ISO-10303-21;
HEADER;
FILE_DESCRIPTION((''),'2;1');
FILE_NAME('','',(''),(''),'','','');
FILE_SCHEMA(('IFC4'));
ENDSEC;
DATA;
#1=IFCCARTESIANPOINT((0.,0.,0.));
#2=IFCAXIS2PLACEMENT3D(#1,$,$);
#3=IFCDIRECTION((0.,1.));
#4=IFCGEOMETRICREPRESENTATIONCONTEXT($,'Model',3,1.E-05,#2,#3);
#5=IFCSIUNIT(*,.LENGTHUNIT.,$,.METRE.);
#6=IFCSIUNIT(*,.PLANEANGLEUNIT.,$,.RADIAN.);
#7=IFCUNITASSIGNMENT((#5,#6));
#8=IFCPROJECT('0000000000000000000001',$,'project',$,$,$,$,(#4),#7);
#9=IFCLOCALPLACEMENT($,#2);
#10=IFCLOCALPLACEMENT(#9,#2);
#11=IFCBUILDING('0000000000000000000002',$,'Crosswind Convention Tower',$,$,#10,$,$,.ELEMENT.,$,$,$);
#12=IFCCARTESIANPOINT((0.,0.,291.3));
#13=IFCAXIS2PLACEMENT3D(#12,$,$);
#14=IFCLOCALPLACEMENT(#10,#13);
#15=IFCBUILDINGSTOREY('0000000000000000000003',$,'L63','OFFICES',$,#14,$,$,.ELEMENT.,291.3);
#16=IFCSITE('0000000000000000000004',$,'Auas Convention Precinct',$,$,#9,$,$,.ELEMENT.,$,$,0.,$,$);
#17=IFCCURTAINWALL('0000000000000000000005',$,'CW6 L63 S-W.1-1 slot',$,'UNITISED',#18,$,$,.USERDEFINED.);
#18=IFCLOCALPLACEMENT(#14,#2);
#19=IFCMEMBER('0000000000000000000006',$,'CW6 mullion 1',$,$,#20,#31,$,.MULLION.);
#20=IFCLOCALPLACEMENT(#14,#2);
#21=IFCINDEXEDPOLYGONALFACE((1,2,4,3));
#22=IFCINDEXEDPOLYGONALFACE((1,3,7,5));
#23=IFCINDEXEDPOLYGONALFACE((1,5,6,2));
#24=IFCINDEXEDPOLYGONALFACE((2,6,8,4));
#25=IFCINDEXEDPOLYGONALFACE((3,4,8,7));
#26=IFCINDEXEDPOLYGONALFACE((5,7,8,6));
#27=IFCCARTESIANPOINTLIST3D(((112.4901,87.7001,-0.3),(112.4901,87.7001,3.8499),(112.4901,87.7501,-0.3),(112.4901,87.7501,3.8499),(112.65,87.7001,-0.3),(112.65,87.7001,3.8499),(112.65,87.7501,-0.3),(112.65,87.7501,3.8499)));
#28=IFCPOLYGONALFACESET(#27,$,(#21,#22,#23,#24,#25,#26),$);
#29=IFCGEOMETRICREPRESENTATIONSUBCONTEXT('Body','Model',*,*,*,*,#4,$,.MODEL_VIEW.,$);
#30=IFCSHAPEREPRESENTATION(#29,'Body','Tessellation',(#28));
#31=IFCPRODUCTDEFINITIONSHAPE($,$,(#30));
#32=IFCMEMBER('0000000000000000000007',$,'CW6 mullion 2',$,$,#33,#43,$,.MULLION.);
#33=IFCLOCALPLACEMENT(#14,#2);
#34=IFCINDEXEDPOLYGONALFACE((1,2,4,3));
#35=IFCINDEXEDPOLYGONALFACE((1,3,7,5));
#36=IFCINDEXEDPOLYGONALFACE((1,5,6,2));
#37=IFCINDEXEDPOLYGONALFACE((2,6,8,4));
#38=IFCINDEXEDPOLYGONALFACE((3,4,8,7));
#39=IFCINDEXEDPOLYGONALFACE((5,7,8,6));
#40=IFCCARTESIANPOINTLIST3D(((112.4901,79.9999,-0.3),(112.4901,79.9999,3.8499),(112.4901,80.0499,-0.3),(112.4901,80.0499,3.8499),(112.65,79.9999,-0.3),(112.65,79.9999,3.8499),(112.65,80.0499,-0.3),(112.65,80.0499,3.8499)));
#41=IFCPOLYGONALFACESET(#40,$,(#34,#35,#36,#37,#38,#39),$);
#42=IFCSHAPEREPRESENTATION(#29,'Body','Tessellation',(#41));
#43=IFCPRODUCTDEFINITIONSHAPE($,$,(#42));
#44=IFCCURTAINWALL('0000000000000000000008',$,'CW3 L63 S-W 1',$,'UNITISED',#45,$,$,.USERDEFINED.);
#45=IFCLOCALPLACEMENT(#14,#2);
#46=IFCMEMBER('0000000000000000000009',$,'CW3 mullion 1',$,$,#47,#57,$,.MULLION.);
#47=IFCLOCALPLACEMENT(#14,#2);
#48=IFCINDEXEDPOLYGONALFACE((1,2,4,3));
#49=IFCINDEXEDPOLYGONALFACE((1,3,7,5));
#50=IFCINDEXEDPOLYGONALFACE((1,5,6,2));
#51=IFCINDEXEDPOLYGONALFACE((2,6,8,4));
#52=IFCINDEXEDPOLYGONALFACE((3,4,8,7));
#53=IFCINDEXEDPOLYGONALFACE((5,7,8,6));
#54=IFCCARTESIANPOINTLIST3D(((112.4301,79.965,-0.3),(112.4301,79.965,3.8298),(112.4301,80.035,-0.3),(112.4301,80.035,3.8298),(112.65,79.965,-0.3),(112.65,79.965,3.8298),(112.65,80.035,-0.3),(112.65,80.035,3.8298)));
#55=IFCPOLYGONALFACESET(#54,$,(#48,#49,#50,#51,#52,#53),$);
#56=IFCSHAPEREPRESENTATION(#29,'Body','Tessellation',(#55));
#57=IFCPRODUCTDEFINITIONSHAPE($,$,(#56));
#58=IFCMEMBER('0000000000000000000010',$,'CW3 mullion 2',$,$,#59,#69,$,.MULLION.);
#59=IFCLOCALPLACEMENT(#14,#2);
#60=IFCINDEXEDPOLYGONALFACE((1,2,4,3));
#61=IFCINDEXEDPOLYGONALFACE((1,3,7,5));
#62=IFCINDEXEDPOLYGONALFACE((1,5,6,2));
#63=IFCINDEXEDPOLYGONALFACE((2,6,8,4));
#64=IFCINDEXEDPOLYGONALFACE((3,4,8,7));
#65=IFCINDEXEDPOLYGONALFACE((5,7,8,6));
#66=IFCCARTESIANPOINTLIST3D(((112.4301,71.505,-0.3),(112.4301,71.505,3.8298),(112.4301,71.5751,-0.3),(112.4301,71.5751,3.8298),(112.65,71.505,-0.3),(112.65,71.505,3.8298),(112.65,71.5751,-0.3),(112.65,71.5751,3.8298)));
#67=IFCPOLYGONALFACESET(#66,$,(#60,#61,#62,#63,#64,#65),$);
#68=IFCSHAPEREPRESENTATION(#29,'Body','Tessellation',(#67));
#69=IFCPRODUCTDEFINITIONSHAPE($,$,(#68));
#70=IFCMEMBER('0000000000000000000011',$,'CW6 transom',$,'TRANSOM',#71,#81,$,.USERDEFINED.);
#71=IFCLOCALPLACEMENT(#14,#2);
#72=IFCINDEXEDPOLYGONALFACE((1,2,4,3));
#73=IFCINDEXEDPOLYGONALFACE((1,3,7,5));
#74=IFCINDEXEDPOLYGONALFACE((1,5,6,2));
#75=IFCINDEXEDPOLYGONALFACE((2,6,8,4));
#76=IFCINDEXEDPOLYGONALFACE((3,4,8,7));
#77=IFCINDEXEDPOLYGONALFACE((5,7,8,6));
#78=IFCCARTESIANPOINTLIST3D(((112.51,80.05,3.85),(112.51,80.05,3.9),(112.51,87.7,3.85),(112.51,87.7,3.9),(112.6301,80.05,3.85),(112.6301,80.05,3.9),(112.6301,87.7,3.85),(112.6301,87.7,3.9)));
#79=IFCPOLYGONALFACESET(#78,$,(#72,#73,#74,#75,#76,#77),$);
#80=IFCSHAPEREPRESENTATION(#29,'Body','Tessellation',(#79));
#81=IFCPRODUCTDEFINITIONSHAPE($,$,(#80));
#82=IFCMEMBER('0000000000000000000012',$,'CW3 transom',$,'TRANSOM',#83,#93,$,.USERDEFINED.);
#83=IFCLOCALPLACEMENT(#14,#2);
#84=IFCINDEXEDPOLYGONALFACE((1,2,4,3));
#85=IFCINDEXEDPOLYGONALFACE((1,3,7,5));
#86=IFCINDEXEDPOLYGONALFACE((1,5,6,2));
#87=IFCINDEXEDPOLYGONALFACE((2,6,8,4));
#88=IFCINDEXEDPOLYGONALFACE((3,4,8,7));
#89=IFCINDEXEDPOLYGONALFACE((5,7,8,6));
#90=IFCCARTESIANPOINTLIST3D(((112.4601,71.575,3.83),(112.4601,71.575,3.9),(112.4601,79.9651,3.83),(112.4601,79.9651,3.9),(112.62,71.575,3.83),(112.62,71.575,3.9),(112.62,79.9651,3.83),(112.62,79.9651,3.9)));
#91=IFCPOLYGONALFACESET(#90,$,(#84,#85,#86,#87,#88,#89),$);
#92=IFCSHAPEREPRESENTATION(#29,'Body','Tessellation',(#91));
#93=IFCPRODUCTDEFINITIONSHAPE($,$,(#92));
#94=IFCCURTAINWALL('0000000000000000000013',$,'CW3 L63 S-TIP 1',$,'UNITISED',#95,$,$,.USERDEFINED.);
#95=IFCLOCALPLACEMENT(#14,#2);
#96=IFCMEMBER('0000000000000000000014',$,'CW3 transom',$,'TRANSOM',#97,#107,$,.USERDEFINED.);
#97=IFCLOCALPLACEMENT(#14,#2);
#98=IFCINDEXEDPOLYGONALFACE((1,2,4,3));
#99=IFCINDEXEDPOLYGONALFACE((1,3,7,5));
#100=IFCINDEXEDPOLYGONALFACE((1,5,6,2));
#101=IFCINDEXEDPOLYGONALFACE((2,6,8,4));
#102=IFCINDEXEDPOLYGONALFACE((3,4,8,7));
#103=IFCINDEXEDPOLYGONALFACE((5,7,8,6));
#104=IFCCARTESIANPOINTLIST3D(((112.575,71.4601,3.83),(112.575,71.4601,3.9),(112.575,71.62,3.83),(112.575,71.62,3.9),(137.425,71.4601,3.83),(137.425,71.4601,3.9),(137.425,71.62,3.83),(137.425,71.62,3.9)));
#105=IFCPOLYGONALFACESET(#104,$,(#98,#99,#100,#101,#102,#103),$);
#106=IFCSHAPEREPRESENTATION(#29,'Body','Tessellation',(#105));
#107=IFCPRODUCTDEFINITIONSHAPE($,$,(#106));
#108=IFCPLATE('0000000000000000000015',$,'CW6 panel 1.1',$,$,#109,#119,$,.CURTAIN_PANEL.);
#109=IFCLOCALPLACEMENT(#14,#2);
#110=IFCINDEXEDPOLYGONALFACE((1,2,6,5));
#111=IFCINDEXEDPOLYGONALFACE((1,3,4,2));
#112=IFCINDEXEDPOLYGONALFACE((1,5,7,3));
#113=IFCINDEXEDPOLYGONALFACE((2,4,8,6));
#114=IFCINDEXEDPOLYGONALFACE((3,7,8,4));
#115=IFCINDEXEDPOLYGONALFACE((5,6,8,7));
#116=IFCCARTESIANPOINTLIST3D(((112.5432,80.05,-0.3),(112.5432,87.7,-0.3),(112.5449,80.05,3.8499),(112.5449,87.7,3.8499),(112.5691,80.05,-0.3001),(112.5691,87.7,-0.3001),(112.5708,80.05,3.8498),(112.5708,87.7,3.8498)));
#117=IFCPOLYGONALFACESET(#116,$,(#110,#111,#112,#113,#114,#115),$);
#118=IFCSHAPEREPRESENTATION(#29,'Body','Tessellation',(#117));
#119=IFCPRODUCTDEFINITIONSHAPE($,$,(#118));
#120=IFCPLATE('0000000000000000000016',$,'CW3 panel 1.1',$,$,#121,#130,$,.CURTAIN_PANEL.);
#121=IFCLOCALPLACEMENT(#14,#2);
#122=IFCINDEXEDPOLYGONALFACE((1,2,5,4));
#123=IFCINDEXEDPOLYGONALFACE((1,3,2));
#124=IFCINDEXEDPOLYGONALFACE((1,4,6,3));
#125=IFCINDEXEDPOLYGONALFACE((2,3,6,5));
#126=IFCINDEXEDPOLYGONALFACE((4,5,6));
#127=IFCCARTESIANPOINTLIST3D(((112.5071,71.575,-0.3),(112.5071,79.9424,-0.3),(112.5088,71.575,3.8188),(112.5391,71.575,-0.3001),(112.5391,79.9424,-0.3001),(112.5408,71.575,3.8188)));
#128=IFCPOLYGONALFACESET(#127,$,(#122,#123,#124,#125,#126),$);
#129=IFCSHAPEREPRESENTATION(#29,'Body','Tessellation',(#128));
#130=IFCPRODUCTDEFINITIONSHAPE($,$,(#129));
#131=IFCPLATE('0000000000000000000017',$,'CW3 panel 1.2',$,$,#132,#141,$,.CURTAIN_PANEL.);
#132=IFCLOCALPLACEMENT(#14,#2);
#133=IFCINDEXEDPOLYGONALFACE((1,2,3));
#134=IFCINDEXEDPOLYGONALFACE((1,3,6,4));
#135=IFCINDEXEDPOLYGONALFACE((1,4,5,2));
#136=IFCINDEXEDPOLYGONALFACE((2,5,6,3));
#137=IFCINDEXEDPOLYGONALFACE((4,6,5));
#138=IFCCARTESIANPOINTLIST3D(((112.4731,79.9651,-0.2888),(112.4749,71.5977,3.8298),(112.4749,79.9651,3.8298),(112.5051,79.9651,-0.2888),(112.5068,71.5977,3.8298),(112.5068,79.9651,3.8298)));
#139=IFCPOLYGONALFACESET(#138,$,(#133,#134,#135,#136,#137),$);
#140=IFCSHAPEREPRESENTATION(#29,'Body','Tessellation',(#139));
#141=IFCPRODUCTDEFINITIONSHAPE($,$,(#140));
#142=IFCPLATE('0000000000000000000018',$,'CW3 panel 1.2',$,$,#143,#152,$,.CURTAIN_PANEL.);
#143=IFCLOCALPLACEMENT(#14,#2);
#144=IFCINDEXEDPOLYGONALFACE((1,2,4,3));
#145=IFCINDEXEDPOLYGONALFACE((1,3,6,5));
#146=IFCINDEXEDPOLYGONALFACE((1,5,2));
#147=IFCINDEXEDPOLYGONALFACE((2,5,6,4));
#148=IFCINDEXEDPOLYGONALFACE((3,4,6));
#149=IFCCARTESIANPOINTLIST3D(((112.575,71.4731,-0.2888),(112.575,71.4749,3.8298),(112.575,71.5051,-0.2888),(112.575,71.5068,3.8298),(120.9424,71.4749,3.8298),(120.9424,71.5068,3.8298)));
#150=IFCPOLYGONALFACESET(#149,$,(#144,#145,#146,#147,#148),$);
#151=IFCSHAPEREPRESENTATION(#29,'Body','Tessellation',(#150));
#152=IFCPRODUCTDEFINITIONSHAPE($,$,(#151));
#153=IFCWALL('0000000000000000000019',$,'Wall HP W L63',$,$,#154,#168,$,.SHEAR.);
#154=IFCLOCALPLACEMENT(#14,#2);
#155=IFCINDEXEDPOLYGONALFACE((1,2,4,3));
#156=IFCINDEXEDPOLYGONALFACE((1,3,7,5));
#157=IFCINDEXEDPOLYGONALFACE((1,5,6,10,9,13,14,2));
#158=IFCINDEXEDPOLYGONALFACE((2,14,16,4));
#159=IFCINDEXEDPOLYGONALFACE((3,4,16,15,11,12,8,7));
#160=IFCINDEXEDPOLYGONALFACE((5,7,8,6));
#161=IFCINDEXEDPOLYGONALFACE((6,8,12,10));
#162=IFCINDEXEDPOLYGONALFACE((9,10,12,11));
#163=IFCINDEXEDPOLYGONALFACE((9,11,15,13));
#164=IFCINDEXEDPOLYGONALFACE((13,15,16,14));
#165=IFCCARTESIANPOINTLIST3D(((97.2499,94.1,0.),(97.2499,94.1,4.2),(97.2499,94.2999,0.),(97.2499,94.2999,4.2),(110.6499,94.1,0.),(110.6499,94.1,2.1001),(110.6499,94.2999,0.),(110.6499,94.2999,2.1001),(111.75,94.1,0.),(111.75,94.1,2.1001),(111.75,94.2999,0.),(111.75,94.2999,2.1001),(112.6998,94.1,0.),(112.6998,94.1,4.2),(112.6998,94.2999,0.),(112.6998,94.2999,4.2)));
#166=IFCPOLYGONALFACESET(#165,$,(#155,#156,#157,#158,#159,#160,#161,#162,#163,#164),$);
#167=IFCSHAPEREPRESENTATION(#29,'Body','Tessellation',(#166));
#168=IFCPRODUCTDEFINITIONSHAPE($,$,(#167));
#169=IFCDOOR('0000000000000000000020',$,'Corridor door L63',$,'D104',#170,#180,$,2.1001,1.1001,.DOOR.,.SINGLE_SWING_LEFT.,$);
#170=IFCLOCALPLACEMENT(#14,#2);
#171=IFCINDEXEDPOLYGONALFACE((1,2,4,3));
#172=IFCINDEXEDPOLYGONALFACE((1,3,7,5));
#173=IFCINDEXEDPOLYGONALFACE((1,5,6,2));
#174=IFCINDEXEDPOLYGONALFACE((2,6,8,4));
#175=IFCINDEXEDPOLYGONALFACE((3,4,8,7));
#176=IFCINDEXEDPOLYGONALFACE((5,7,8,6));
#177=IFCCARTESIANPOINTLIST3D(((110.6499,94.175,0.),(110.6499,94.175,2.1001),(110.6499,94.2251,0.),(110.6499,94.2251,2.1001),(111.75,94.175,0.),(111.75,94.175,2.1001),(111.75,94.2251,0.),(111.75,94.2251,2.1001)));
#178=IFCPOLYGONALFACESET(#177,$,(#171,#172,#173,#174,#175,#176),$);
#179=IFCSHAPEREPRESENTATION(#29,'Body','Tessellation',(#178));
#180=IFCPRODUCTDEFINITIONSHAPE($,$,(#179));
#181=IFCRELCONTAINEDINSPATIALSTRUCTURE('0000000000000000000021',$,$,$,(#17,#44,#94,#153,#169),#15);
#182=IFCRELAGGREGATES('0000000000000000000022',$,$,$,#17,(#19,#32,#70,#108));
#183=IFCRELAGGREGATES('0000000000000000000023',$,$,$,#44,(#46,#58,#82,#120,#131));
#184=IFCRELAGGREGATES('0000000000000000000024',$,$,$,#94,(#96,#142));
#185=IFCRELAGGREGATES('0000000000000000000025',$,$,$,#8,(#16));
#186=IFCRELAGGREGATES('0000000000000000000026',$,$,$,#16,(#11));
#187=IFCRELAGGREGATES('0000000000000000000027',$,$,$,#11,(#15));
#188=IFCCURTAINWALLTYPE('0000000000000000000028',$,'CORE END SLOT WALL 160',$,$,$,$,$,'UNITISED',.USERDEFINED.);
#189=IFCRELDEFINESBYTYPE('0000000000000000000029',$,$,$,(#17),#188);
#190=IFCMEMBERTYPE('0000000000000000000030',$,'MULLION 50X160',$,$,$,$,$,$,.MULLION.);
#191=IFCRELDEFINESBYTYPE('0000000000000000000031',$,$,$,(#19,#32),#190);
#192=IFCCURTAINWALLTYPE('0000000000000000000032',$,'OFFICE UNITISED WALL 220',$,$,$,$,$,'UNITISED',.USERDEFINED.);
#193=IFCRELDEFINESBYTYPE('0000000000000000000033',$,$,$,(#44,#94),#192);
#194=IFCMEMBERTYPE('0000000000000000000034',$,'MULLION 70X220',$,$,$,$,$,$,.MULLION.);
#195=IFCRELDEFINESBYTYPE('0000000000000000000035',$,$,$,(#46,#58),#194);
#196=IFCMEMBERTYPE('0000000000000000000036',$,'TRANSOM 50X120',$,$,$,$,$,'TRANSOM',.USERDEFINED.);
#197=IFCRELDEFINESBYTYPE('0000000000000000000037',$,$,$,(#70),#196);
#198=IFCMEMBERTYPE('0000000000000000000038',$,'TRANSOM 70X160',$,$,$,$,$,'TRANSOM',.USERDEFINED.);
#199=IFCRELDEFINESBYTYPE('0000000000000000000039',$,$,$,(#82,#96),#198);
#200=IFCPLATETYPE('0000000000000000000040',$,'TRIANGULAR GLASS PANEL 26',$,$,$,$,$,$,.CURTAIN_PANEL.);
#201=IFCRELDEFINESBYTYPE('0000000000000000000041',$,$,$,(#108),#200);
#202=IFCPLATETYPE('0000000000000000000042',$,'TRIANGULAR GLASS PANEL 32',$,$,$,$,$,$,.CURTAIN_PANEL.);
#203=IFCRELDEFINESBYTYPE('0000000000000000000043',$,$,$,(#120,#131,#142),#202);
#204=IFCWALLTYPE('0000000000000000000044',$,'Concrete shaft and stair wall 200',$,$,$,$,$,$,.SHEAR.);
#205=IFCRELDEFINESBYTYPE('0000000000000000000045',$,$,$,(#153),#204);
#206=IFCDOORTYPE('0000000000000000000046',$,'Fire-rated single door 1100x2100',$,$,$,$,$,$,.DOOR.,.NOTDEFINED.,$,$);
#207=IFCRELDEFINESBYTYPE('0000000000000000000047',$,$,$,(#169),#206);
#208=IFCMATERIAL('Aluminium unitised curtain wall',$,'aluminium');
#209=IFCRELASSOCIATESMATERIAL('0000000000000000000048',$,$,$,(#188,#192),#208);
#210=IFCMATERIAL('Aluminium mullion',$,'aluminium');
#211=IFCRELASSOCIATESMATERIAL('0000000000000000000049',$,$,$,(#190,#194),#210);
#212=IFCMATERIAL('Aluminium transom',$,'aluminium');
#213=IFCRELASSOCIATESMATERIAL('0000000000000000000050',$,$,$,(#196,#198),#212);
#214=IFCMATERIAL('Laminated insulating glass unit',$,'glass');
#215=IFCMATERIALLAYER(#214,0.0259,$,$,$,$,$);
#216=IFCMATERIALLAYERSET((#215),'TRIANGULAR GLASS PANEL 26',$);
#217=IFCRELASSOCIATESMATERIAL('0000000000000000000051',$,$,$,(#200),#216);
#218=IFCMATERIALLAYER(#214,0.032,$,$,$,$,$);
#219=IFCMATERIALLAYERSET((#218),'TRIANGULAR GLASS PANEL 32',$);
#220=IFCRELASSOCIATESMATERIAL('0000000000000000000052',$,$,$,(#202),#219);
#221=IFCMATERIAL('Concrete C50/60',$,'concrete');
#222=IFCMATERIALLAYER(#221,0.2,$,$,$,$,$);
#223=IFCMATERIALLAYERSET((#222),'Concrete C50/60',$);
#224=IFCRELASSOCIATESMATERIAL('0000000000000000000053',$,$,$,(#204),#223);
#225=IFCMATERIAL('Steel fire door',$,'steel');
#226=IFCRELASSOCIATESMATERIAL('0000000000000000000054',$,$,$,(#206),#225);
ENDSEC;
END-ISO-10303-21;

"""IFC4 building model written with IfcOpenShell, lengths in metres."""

from ifc_helpers import new_model, si_unit, direction, frame, frame_2d, origin, origin_2d, place, context, subcontext, project, spatial, polyline, rectangle, outline, extrude, material, layer, layer_set, material_profile, profile_set, type_object, element, fill, aggregate, save


model = new_model("IFC4")

# Units and contexts
model_context = context("Model", 3, precision=1e-05, world=origin(), true_north=direction((0.0, 1.0)))
body_context = subcontext(model_context, "Body", "Model", "MODEL_VIEW")
ifc_project = project(units=[si_unit("LENGTHUNIT", "METRE"), si_unit("PLANEANGLEUNIT", "RADIAN")], contexts=[model_context])

# Site, building, storey
site_placement = place(None, origin())
site = spatial("IfcSite", under=ifc_project, at=site_placement, Name="Auas Convention Precinct", CompositionType="ELEMENT", RefElevation=0.0)
building_placement = place(site_placement, origin())
building = spatial("IfcBuilding", under=site, at=building_placement, Name="Crosswind Convention Tower", CompositionType="ELEMENT")
storey_placement = place(building_placement, frame((0.0, 0.0, 291.3)))
storey = spatial("IfcBuildingStorey", under=building, at=storey_placement, Name="L63", Description="OFFICES", CompositionType="ELEMENT", Elevation=291.3)

# Curtain walls, members
ifc_material_1 = material(Name="Aluminium unitised curtain wall", Category="aluminium")
curtain_wall_type_1 = type_object("IfcCurtainWallType", Name="CORE END SLOT WALL 160", ElementType="UNITISED", PredefinedType="USERDEFINED", material=ifc_material_1)
curtain_wall_1_placement = place(storey_placement, origin())
curtain_wall_1 = element("IfcCurtainWall", 1, at=curtain_wall_1_placement, inside=storey, type_object=curtain_wall_type_1, Name="CW6 L63 S-W.1-1 slot", ObjectType="UNITISED", PredefinedType="USERDEFINED")
ifc_material_2 = material(Name="Aluminium mullion", Category="aluminium")
ifc_material_profile_1 = material_profile(ifc_material_2, rectangle(XDim=0.1599, YDim=0.05, at=origin_2d()), Name="AL 160X50")
ifc_profile_set_1 = profile_set([ifc_material_profile_1], Name="Aluminium mullion")
member_type_1 = type_object("IfcMemberType", Name="MULLION 50X160", PredefinedType="MULLION", material=ifc_profile_set_1)
member_1_placement = place(storey_placement, frame((112.5701, 87.7251, -0.3), z_axis=(0.0, 0.0, 1.0), x_axis=(-1.0, 0.0, 0.0)))
member_1 = element("IfcMember", 2, at=member_1_placement, type_object=member_type_1, Name="CW6 mullion 1", PredefinedType="MULLION", context=body_context, shape_type="SweptSolid", body=[
    extrude(rectangle(XDim=0.1599, YDim=0.05, at=origin_2d()), origin(), (0.0, 0.0, 1.0), 4.1499),
])
member_2_placement = place(storey_placement, frame((112.5701, 80.0249, -0.3), z_axis=(0.0, 0.0, 1.0), x_axis=(-1.0, 0.0, 0.0)))
member_2 = element("IfcMember", 3, at=member_2_placement, type_object=member_type_1, Name="CW6 mullion 2", PredefinedType="MULLION", context=body_context, shape_type="SweptSolid", body=[
    extrude(rectangle(XDim=0.1599, YDim=0.05, at=origin_2d()), origin(), (0.0, 0.0, 1.0), 4.1499),
])
curtain_wall_type_2 = type_object("IfcCurtainWallType", Name="OFFICE UNITISED WALL 220", ElementType="UNITISED", PredefinedType="USERDEFINED", material=ifc_material_1)
curtain_wall_2_placement = place(storey_placement, origin())
curtain_wall_2 = element("IfcCurtainWall", 4, at=curtain_wall_2_placement, inside=storey, type_object=curtain_wall_type_2, Name="CW3 L63 S-W 1", ObjectType="UNITISED", PredefinedType="USERDEFINED")
ifc_material_profile_2 = material_profile(ifc_material_2, rectangle(XDim=0.22, YDim=0.0701, at=origin_2d()), Name="AL 220X70")
ifc_profile_set_2 = profile_set([ifc_material_profile_2], Name="Aluminium mullion")
member_type_2 = type_object("IfcMemberType", Name="MULLION 70X220", PredefinedType="MULLION", material=ifc_profile_set_2)
member_3_placement = place(storey_placement, frame((112.54, 80.0, -0.3), z_axis=(0.0, 0.0, 1.0), x_axis=(-1.0, 0.0, 0.0)))
member_3 = element("IfcMember", 5, at=member_3_placement, type_object=member_type_2, Name="CW3 mullion 1", PredefinedType="MULLION", context=body_context, shape_type="SweptSolid", body=[
    extrude(rectangle(XDim=0.22, YDim=0.0701, at=origin_2d()), origin(), (0.0, 0.0, 1.0), 4.1299),
])
member_4_placement = place(storey_placement, frame((112.54, 71.54, -0.3), z_axis=(0.0, 0.0, 1.0), x_axis=(-1.0, 0.0, 0.0)))
member_4 = element("IfcMember", 6, at=member_4_placement, type_object=member_type_2, Name="CW3 mullion 2", PredefinedType="MULLION", context=body_context, shape_type="SweptSolid", body=[
    extrude(rectangle(XDim=0.22, YDim=0.0701, at=origin_2d()), origin(), (0.0, 0.0, 1.0), 4.1299),
])

# Members
ifc_material_3 = material(Name="Aluminium transom", Category="aluminium")
ifc_material_profile_3 = material_profile(ifc_material_3, rectangle(XDim=0.1201, YDim=0.05, at=origin_2d()), Name="AL 120X50")
ifc_profile_set_3 = profile_set([ifc_material_profile_3], Name="Aluminium transom")
member_type_3 = type_object("IfcMemberType", Name="TRANSOM 50X120", ElementType="TRANSOM", PredefinedType="USERDEFINED", material=ifc_profile_set_3)
member_5_placement = place(storey_placement, frame((112.5701, 87.7, 3.875), z_axis=(0.0, -1.0, 0.0), x_axis=(1.0, 0.0, 0.0)))
member_5 = element("IfcMember", 7, at=member_5_placement, type_object=member_type_3, Name="CW6 transom", ObjectType="TRANSOM", PredefinedType="USERDEFINED", context=body_context, shape_type="SweptSolid", body=[
    extrude(rectangle(XDim=0.1201, YDim=0.05, at=origin_2d()), origin(), (0.0, 0.0, 1.0), 7.6499),
])
ifc_material_profile_4 = material_profile(ifc_material_3, rectangle(XDim=0.1599, YDim=0.0701, at=origin_2d()), Name="AL 160X70")
ifc_profile_set_4 = profile_set([ifc_material_profile_4], Name="Aluminium transom")
member_type_4 = type_object("IfcMemberType", Name="TRANSOM 70X160", ElementType="TRANSOM", PredefinedType="USERDEFINED", material=ifc_profile_set_4)
member_6_placement = place(storey_placement, frame((112.54, 79.9651, 3.865), z_axis=(0.0, -1.0, 0.0), x_axis=(1.0, 0.0, 0.0)))
member_6 = element("IfcMember", 8, at=member_6_placement, type_object=member_type_4, Name="CW3 transom", ObjectType="TRANSOM", PredefinedType="USERDEFINED", context=body_context, shape_type="SweptSolid", body=[
    extrude(rectangle(XDim=0.1599, YDim=0.0701, at=origin_2d()), origin(), (0.0, 0.0, 1.0), 8.3901),
])

# Curtain wall, member
curtain_wall_3_placement = place(storey_placement, origin())
curtain_wall_3 = element("IfcCurtainWall", 9, at=curtain_wall_3_placement, inside=storey, type_object=curtain_wall_type_2, Name="CW3 L63 S-TIP 1", ObjectType="UNITISED", PredefinedType="USERDEFINED")
member_7_placement = place(storey_placement, frame((112.575, 71.54, 3.865), z_axis=(1.0, 0.0, 0.0), x_axis=(0.0, 1.0, 0.0)))
member_7 = element("IfcMember", 10, at=member_7_placement, type_object=member_type_4, Name="CW3 transom", ObjectType="TRANSOM", PredefinedType="USERDEFINED", context=body_context, shape_type="SweptSolid", body=[
    extrude(rectangle(XDim=0.1599, YDim=0.0701, at=origin_2d()), origin(), (0.0, 0.0, 1.0), 24.8501),
])

# Plates
ifc_material_4 = material(Name="Laminated insulating glass unit", Category="glass")
ifc_layer_1 = layer(ifc_material_4, 0.0259)
ifc_layer_set_1 = layer_set([ifc_layer_1], Name="TRIANGULAR GLASS PANEL 26")
plate_type_1 = type_object("IfcPlateType", Name="TRIANGULAR GLASS PANEL 26", PredefinedType="CURTAIN_PANEL", material=ifc_layer_set_1)
plate_1_placement = place(storey_placement, frame((112.5432, 87.7, -0.3), z_axis=(-1.0, 0.0, 0.000412), x_axis=(0.0, -1.0, 0.0)))
plate_1 = element("IfcPlate", 11, at=plate_1_placement, type_object=plate_type_1, Name="CW6 panel 1.1", PredefinedType="CURTAIN_PANEL", context=body_context, shape_type="SweptSolid", body=[
    extrude(outline(polyline([(0.0, 0.0), (7.6499, 0.0), (7.6499, 4.1499), (0.0, 4.1499), (0.0, 0.0)])), origin(), (0.0, 0.0, -1.0), 0.0259),
])
aggregate(curtain_wall_1, [member_1, member_2, member_5, plate_1])
ifc_layer_2 = layer(ifc_material_4, 0.032)
ifc_layer_set_2 = layer_set([ifc_layer_2], Name="TRIANGULAR GLASS PANEL 32")
plate_type_2 = type_object("IfcPlateType", Name="TRIANGULAR GLASS PANEL 32", PredefinedType="CURTAIN_PANEL", material=ifc_layer_set_2)
plate_2_placement = place(storey_placement, frame((112.5071, 71.575, -0.3), z_axis=(-1.0, 0.0, 0.000415), x_axis=(0.000415, 0.0, 1.0)))
plate_2 = element("IfcPlate", 12, at=plate_2_placement, type_object=plate_type_2, Name="CW3 panel 1.1", PredefinedType="CURTAIN_PANEL", context=body_context, shape_type="SweptSolid", body=[
    extrude(outline(polyline([(0.0, 0.0), (4.1189, 0.0), (0.0, 8.3674), (0.0, 0.0)])), origin(), (0.0, 0.0, -1.0), 0.032),
])
plate_3_placement = place(storey_placement, frame((112.4749, 79.9651, 3.8298), z_axis=(-1.0, 0.0, 0.000415), x_axis=(-0.000415, 0.0, -1.0)))
plate_3 = element("IfcPlate", 13, at=plate_3_placement, type_object=plate_type_2, Name="CW3 panel 1.2", PredefinedType="CURTAIN_PANEL", context=body_context, shape_type="SweptSolid", body=[
    extrude(outline(polyline([(0.0, 0.0), (4.1187, 0.0), (0.0, 8.3674), (0.0, 0.0)])), origin(), (0.0, 0.0, -1.0), 0.032),
])
plate_4_placement = place(storey_placement, frame((112.575, 71.4749, 3.8298), z_axis=(0.0, -1.0, 0.000415), x_axis=(0.0, -0.000415, -1.0)))
plate_4 = element("IfcPlate", 14, at=plate_4_placement, type_object=plate_type_2, Name="CW3 panel 1.2", PredefinedType="CURTAIN_PANEL", context=body_context, shape_type="SweptSolid", body=[
    extrude(outline(polyline([(0.0, 0.0), (4.1187, 0.0), (0.0, 8.3674), (0.0, 0.0)])), origin(), (0.0, 0.0, -1.0), 0.032),
])

# Wall, opening, door
ifc_material_5 = material(Name="Concrete C50/60", Category="concrete")
ifc_layer_3 = layer(ifc_material_5, 0.2)
ifc_layer_set_3 = layer_set([ifc_layer_3], Name="Concrete C50/60")
wall_type_1 = type_object("IfcWallType", Name="Concrete shaft and stair wall 200", PredefinedType="SHEAR", material=ifc_layer_set_3)
wall_1_placement = place(storey_placement, frame((112.7, 94.2, 0.0), z_axis=(0.0, 0.0, 1.0), x_axis=(-1.0, 0.0, 0.0)))
wall_1 = element("IfcWall", 15, at=wall_1_placement, inside=storey, type_object=wall_type_1, Name="Wall HP W L63", PredefinedType="SHEAR", context=body_context, shape_type="SweptSolid", body=[
    extrude(rectangle(XDim=15.45, YDim=0.2, at=frame_2d((7.7251, 0.0))), origin(), (0.0, 0.0, 1.0), 4.2),
])
opening_1_placement = place(wall_1_placement, frame((0.95, 0.0, 0.0)))
opening_1 = element("IfcOpeningElement", 16, at=opening_1_placement, cuts=wall_1, PredefinedType="OPENING", context=body_context, shape_type="SweptSolid", body=[
    extrude(rectangle(XDim=1.1001, YDim=2.1001, at=frame_2d((0.55, 1.05))), frame((0.0, 0.1099, 0.0), z_axis=(0.0, -1.0, 0.0), x_axis=(1.0, 0.0, 0.0)), (0.0, 0.0, 1.0), 0.22),
])
ifc_material_6 = material(Name="Steel fire door", Category="steel")
door_type_1 = type_object("IfcDoorType", Name="Fire-rated single door 1100x2100", OperationType="NOTDEFINED", PredefinedType="DOOR", material=ifc_material_6)
door_1_placement = place(opening_1_placement, origin())
door_1 = element("IfcDoor", 17, at=door_1_placement, inside=storey, type_object=door_type_1, Name="Corridor door L63", ObjectType="D104", OperationType="SINGLE_SWING_LEFT", OverallHeight=2.1001, OverallWidth=1.1001, PredefinedType="DOOR", context=body_context, shape_type="SweptSolid", body=[
    extrude(rectangle(XDim=1.1001, YDim=2.1001, at=frame_2d((0.55, 1.05))), frame((0.0, 0.0249, 0.0), z_axis=(0.0, -1.0, 0.0), x_axis=(1.0, 0.0, 0.0)), (0.0, 0.0, 1.0), 0.05),
])
fill(opening_1, door_1)

aggregate(curtain_wall_2, [member_3, member_4, member_6, plate_2, plate_3])
aggregate(curtain_wall_3, [member_7, plate_4])

save(model, "model.ifc")
